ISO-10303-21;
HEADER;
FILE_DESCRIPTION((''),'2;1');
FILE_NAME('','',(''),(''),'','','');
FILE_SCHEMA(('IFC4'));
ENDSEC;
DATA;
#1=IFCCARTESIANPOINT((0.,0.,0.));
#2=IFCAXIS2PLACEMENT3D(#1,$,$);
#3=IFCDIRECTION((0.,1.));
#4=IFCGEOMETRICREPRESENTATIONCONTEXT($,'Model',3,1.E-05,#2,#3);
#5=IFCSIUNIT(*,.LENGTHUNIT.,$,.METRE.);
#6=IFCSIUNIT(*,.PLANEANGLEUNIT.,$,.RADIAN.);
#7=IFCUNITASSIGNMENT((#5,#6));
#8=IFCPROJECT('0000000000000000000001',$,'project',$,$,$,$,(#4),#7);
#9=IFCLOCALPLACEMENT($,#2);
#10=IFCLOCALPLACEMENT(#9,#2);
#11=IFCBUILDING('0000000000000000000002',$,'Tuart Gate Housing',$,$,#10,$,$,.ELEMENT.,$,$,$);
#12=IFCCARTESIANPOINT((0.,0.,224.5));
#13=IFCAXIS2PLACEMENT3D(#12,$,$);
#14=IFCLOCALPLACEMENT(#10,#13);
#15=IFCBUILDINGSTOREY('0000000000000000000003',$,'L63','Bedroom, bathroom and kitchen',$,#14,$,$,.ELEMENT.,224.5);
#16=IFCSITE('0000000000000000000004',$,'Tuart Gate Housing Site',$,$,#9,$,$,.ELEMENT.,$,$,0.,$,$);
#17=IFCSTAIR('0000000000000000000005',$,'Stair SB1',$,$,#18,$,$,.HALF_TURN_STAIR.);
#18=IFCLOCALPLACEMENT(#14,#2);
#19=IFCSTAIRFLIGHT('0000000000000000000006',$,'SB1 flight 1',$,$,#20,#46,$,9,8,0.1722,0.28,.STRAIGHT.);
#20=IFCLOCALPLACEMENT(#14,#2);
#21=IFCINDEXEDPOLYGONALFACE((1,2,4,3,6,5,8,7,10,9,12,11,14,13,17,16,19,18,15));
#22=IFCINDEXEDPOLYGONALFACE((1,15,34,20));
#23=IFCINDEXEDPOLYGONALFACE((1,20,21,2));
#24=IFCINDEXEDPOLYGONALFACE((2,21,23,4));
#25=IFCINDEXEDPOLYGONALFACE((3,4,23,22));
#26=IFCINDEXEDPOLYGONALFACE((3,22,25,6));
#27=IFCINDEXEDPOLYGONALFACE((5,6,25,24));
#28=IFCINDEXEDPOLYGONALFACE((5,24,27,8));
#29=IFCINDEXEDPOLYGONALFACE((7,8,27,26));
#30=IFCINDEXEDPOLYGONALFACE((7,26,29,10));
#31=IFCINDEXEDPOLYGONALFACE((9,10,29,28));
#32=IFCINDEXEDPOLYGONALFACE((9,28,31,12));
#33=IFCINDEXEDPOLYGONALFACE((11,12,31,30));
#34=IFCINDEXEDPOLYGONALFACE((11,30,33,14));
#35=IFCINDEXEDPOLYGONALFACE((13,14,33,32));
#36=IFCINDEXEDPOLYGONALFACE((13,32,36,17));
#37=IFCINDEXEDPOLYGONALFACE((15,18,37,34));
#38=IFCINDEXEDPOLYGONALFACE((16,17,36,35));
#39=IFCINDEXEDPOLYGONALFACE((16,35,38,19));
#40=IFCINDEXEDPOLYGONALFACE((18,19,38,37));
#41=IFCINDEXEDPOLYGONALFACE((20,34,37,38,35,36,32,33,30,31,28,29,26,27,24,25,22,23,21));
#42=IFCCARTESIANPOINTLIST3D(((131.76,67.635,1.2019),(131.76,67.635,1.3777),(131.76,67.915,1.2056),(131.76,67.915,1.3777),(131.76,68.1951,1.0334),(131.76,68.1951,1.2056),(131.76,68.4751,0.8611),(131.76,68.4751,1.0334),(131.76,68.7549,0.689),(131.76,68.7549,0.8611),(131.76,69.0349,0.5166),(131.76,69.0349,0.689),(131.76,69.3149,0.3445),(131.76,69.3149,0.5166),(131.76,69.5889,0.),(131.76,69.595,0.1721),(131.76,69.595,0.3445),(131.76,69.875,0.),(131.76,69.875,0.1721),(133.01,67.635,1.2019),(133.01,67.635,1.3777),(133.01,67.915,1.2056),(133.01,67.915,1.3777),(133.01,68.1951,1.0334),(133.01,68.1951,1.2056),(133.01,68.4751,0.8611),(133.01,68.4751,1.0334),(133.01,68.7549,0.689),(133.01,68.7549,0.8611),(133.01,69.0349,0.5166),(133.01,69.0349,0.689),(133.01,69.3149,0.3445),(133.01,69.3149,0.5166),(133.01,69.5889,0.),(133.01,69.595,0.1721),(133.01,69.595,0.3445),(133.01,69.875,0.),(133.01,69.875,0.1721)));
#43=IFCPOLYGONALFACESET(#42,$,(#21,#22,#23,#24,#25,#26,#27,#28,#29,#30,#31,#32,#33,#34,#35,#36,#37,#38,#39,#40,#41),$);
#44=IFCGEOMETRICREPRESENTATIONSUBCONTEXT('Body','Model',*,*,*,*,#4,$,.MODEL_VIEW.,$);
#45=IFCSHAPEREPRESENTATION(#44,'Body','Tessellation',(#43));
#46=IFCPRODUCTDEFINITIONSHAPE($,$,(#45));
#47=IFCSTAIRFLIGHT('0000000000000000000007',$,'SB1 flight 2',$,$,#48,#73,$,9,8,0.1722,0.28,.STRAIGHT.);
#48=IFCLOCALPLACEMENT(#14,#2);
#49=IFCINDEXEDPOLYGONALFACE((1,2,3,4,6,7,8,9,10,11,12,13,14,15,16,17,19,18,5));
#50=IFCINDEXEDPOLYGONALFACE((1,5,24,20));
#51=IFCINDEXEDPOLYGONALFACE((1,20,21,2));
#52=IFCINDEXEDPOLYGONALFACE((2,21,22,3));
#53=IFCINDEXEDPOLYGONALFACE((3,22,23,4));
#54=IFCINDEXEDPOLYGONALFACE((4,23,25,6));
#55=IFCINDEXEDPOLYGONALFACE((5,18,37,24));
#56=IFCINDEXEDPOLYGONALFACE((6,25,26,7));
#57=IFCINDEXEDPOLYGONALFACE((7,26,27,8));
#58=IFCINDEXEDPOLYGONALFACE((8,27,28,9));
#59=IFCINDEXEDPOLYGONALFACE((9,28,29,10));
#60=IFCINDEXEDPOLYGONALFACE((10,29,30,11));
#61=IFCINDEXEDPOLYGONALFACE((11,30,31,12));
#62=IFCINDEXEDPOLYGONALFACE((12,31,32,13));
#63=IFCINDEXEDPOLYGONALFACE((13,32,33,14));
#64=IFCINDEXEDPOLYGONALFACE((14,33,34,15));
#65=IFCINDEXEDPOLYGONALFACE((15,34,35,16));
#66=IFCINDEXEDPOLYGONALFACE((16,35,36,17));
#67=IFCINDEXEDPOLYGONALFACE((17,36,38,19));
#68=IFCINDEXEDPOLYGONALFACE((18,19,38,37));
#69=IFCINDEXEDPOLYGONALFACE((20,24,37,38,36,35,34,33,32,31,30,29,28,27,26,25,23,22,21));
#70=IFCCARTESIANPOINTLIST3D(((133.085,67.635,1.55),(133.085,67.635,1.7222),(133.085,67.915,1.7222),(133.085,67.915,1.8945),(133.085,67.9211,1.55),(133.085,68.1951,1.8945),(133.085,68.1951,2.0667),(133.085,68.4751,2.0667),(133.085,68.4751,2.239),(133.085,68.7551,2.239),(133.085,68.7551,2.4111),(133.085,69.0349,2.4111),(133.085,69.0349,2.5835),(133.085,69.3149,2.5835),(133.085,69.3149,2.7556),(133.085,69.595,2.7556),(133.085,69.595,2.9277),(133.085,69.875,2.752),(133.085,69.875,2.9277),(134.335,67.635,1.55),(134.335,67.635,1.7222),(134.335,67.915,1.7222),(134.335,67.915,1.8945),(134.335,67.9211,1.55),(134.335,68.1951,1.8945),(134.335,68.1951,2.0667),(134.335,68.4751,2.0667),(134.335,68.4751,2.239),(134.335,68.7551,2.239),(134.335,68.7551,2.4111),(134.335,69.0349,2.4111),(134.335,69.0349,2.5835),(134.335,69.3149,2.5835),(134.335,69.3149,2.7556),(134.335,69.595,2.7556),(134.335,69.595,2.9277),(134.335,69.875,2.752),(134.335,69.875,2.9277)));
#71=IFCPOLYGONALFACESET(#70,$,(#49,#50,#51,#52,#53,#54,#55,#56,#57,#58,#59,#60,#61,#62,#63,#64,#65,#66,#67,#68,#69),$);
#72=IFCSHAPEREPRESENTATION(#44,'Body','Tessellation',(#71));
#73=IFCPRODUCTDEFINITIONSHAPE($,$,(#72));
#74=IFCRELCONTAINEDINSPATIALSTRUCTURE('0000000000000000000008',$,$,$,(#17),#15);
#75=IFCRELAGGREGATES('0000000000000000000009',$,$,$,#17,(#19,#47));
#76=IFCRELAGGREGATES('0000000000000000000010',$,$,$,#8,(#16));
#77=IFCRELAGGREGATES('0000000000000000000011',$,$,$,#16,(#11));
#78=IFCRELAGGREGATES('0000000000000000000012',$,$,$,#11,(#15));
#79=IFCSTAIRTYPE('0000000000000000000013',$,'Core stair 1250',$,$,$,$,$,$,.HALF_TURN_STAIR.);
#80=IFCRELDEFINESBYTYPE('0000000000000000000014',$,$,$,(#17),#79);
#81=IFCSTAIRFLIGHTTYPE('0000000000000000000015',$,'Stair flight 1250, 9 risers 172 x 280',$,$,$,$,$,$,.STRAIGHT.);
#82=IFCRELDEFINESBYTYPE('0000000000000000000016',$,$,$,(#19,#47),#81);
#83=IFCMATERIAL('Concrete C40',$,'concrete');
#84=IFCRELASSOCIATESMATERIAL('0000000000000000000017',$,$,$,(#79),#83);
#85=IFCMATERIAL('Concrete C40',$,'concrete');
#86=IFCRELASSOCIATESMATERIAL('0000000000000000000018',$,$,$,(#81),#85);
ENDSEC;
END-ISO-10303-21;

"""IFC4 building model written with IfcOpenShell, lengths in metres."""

from ifc_helpers import new_model, si_unit, direction, frame, origin, place, context, subcontext, project, spatial, polyline, outline, extrude, material, type_object, element, aggregate, save


model = new_model("IFC4")

# Units and contexts
model_context = context("Model", 3, precision=1e-05, world=origin(), true_north=direction((0.0, 1.0)))
body_context = subcontext(model_context, "Body", "Model", "MODEL_VIEW")
ifc_project = project(units=[si_unit("LENGTHUNIT", "METRE"), si_unit("PLANEANGLEUNIT", "RADIAN")], contexts=[model_context])

# Site, building, storey
site_placement = place(None, origin())
site = spatial("IfcSite", under=ifc_project, at=site_placement, Name="Tuart Gate Housing Site", CompositionType="ELEMENT", RefElevation=0.0)
building_placement = place(site_placement, origin())
building = spatial("IfcBuilding", under=site, at=building_placement, Name="Tuart Gate Housing", CompositionType="ELEMENT")
storey_placement = place(building_placement, frame((0.0, 0.0, 224.5)))
storey = spatial("IfcBuildingStorey", under=building, at=storey_placement, Name="L63", Description="Bedroom, bathroom and kitchen", CompositionType="ELEMENT", Elevation=224.5)

# Stair, stair flights
ifc_material_1 = material(Name="Concrete C40", Category="concrete")
stair_type = type_object("IfcStairType", Name="Core stair 1250", PredefinedType="HALF_TURN_STAIR", material=ifc_material_1)
stair_placement = place(storey_placement, origin())
stair = element("IfcStair", 1, at=stair_placement, inside=storey, type_object=stair_type, Name="Stair SB1", PredefinedType="HALF_TURN_STAIR")
ifc_material_2 = material(Name="Concrete C40", Category="concrete")
stair_flight_type = type_object("IfcStairFlightType", Name="Stair flight 1250, 9 risers 172 x 280", PredefinedType="STRAIGHT", material=ifc_material_2)
stair_flight_1_placement = place(storey_placement, frame((132.385, 69.875, 0.0), z_axis=(0.0, 0.0, 1.0), x_axis=(0.0, -1.0, 0.0)))
stair_flight_1 = element("IfcStairFlight", 2, at=stair_flight_1_placement, type_object=stair_flight_type, Name="SB1 flight 1", NumberOfRisers=9, NumberOfTreads=8, PredefinedType="STRAIGHT", RiserHeight=0.1722, TreadLength=0.28, context=body_context, shape_type="SweptSolid", body=[
    extrude(outline(polyline([(0.0, 0.0), (0.0, 0.1721), (0.28, 0.1721), (0.28, 0.3445), (0.5601, 0.3445), (0.5601, 0.5166), (0.8401, 0.5166), (0.8401, 0.689), (1.1201, 0.689), (1.1201, 0.8611), (1.3999, 0.8611), (1.3999, 1.0334), (1.6799, 1.0334), (1.6799, 1.2056), (1.96, 1.2056), (1.96, 1.3777), (2.24, 1.3777), (2.24, 1.55), (2.24, 1.2019), (0.2861, 0.0), (0.0, 0.0)])), frame((0.0, 0.625, 0.0), z_axis=(0.0, -1.0, 0.0), x_axis=(1.0, 0.0, 0.0)), (0.0, 0.0, 1.0), 1.25),
])
stair_flight_2_placement = place(storey_placement, frame((133.71, 67.635, 1.55), z_axis=(0.0, 0.0, 1.0), x_axis=(0.0, 1.0, 0.0)))
stair_flight_2 = element("IfcStairFlight", 3, at=stair_flight_2_placement, type_object=stair_flight_type, Name="SB1 flight 2", NumberOfRisers=9, NumberOfTreads=8, PredefinedType="STRAIGHT", RiserHeight=0.1722, TreadLength=0.28, context=body_context, shape_type="SweptSolid", body=[
    extrude(outline(polyline([(0.0, 0.0), (0.0, 0.1721), (0.28, 0.1721), (0.28, 0.3445), (0.5601, 0.3445), (0.5601, 0.5166), (0.8401, 0.5166), (0.8401, 0.689), (1.1201, 0.689), (1.1201, 0.8611), (1.3999, 0.8611), (1.3999, 1.0334), (1.6799, 1.0334), (1.6799, 1.2056), (1.96, 1.2056), (1.96, 1.3777), (2.24, 1.3777), (2.24, 1.55), (2.24, 1.2019), (0.2861, 0.0), (0.0, 0.0)])), frame((0.0, 0.625, 0.0), z_axis=(0.0, -1.0, 0.0), x_axis=(1.0, 0.0, 0.0)), (0.0, 0.0, 1.0), 1.25),
])
aggregate(stair, [stair_flight_1, stair_flight_2])

save(model, "model.ifc")
